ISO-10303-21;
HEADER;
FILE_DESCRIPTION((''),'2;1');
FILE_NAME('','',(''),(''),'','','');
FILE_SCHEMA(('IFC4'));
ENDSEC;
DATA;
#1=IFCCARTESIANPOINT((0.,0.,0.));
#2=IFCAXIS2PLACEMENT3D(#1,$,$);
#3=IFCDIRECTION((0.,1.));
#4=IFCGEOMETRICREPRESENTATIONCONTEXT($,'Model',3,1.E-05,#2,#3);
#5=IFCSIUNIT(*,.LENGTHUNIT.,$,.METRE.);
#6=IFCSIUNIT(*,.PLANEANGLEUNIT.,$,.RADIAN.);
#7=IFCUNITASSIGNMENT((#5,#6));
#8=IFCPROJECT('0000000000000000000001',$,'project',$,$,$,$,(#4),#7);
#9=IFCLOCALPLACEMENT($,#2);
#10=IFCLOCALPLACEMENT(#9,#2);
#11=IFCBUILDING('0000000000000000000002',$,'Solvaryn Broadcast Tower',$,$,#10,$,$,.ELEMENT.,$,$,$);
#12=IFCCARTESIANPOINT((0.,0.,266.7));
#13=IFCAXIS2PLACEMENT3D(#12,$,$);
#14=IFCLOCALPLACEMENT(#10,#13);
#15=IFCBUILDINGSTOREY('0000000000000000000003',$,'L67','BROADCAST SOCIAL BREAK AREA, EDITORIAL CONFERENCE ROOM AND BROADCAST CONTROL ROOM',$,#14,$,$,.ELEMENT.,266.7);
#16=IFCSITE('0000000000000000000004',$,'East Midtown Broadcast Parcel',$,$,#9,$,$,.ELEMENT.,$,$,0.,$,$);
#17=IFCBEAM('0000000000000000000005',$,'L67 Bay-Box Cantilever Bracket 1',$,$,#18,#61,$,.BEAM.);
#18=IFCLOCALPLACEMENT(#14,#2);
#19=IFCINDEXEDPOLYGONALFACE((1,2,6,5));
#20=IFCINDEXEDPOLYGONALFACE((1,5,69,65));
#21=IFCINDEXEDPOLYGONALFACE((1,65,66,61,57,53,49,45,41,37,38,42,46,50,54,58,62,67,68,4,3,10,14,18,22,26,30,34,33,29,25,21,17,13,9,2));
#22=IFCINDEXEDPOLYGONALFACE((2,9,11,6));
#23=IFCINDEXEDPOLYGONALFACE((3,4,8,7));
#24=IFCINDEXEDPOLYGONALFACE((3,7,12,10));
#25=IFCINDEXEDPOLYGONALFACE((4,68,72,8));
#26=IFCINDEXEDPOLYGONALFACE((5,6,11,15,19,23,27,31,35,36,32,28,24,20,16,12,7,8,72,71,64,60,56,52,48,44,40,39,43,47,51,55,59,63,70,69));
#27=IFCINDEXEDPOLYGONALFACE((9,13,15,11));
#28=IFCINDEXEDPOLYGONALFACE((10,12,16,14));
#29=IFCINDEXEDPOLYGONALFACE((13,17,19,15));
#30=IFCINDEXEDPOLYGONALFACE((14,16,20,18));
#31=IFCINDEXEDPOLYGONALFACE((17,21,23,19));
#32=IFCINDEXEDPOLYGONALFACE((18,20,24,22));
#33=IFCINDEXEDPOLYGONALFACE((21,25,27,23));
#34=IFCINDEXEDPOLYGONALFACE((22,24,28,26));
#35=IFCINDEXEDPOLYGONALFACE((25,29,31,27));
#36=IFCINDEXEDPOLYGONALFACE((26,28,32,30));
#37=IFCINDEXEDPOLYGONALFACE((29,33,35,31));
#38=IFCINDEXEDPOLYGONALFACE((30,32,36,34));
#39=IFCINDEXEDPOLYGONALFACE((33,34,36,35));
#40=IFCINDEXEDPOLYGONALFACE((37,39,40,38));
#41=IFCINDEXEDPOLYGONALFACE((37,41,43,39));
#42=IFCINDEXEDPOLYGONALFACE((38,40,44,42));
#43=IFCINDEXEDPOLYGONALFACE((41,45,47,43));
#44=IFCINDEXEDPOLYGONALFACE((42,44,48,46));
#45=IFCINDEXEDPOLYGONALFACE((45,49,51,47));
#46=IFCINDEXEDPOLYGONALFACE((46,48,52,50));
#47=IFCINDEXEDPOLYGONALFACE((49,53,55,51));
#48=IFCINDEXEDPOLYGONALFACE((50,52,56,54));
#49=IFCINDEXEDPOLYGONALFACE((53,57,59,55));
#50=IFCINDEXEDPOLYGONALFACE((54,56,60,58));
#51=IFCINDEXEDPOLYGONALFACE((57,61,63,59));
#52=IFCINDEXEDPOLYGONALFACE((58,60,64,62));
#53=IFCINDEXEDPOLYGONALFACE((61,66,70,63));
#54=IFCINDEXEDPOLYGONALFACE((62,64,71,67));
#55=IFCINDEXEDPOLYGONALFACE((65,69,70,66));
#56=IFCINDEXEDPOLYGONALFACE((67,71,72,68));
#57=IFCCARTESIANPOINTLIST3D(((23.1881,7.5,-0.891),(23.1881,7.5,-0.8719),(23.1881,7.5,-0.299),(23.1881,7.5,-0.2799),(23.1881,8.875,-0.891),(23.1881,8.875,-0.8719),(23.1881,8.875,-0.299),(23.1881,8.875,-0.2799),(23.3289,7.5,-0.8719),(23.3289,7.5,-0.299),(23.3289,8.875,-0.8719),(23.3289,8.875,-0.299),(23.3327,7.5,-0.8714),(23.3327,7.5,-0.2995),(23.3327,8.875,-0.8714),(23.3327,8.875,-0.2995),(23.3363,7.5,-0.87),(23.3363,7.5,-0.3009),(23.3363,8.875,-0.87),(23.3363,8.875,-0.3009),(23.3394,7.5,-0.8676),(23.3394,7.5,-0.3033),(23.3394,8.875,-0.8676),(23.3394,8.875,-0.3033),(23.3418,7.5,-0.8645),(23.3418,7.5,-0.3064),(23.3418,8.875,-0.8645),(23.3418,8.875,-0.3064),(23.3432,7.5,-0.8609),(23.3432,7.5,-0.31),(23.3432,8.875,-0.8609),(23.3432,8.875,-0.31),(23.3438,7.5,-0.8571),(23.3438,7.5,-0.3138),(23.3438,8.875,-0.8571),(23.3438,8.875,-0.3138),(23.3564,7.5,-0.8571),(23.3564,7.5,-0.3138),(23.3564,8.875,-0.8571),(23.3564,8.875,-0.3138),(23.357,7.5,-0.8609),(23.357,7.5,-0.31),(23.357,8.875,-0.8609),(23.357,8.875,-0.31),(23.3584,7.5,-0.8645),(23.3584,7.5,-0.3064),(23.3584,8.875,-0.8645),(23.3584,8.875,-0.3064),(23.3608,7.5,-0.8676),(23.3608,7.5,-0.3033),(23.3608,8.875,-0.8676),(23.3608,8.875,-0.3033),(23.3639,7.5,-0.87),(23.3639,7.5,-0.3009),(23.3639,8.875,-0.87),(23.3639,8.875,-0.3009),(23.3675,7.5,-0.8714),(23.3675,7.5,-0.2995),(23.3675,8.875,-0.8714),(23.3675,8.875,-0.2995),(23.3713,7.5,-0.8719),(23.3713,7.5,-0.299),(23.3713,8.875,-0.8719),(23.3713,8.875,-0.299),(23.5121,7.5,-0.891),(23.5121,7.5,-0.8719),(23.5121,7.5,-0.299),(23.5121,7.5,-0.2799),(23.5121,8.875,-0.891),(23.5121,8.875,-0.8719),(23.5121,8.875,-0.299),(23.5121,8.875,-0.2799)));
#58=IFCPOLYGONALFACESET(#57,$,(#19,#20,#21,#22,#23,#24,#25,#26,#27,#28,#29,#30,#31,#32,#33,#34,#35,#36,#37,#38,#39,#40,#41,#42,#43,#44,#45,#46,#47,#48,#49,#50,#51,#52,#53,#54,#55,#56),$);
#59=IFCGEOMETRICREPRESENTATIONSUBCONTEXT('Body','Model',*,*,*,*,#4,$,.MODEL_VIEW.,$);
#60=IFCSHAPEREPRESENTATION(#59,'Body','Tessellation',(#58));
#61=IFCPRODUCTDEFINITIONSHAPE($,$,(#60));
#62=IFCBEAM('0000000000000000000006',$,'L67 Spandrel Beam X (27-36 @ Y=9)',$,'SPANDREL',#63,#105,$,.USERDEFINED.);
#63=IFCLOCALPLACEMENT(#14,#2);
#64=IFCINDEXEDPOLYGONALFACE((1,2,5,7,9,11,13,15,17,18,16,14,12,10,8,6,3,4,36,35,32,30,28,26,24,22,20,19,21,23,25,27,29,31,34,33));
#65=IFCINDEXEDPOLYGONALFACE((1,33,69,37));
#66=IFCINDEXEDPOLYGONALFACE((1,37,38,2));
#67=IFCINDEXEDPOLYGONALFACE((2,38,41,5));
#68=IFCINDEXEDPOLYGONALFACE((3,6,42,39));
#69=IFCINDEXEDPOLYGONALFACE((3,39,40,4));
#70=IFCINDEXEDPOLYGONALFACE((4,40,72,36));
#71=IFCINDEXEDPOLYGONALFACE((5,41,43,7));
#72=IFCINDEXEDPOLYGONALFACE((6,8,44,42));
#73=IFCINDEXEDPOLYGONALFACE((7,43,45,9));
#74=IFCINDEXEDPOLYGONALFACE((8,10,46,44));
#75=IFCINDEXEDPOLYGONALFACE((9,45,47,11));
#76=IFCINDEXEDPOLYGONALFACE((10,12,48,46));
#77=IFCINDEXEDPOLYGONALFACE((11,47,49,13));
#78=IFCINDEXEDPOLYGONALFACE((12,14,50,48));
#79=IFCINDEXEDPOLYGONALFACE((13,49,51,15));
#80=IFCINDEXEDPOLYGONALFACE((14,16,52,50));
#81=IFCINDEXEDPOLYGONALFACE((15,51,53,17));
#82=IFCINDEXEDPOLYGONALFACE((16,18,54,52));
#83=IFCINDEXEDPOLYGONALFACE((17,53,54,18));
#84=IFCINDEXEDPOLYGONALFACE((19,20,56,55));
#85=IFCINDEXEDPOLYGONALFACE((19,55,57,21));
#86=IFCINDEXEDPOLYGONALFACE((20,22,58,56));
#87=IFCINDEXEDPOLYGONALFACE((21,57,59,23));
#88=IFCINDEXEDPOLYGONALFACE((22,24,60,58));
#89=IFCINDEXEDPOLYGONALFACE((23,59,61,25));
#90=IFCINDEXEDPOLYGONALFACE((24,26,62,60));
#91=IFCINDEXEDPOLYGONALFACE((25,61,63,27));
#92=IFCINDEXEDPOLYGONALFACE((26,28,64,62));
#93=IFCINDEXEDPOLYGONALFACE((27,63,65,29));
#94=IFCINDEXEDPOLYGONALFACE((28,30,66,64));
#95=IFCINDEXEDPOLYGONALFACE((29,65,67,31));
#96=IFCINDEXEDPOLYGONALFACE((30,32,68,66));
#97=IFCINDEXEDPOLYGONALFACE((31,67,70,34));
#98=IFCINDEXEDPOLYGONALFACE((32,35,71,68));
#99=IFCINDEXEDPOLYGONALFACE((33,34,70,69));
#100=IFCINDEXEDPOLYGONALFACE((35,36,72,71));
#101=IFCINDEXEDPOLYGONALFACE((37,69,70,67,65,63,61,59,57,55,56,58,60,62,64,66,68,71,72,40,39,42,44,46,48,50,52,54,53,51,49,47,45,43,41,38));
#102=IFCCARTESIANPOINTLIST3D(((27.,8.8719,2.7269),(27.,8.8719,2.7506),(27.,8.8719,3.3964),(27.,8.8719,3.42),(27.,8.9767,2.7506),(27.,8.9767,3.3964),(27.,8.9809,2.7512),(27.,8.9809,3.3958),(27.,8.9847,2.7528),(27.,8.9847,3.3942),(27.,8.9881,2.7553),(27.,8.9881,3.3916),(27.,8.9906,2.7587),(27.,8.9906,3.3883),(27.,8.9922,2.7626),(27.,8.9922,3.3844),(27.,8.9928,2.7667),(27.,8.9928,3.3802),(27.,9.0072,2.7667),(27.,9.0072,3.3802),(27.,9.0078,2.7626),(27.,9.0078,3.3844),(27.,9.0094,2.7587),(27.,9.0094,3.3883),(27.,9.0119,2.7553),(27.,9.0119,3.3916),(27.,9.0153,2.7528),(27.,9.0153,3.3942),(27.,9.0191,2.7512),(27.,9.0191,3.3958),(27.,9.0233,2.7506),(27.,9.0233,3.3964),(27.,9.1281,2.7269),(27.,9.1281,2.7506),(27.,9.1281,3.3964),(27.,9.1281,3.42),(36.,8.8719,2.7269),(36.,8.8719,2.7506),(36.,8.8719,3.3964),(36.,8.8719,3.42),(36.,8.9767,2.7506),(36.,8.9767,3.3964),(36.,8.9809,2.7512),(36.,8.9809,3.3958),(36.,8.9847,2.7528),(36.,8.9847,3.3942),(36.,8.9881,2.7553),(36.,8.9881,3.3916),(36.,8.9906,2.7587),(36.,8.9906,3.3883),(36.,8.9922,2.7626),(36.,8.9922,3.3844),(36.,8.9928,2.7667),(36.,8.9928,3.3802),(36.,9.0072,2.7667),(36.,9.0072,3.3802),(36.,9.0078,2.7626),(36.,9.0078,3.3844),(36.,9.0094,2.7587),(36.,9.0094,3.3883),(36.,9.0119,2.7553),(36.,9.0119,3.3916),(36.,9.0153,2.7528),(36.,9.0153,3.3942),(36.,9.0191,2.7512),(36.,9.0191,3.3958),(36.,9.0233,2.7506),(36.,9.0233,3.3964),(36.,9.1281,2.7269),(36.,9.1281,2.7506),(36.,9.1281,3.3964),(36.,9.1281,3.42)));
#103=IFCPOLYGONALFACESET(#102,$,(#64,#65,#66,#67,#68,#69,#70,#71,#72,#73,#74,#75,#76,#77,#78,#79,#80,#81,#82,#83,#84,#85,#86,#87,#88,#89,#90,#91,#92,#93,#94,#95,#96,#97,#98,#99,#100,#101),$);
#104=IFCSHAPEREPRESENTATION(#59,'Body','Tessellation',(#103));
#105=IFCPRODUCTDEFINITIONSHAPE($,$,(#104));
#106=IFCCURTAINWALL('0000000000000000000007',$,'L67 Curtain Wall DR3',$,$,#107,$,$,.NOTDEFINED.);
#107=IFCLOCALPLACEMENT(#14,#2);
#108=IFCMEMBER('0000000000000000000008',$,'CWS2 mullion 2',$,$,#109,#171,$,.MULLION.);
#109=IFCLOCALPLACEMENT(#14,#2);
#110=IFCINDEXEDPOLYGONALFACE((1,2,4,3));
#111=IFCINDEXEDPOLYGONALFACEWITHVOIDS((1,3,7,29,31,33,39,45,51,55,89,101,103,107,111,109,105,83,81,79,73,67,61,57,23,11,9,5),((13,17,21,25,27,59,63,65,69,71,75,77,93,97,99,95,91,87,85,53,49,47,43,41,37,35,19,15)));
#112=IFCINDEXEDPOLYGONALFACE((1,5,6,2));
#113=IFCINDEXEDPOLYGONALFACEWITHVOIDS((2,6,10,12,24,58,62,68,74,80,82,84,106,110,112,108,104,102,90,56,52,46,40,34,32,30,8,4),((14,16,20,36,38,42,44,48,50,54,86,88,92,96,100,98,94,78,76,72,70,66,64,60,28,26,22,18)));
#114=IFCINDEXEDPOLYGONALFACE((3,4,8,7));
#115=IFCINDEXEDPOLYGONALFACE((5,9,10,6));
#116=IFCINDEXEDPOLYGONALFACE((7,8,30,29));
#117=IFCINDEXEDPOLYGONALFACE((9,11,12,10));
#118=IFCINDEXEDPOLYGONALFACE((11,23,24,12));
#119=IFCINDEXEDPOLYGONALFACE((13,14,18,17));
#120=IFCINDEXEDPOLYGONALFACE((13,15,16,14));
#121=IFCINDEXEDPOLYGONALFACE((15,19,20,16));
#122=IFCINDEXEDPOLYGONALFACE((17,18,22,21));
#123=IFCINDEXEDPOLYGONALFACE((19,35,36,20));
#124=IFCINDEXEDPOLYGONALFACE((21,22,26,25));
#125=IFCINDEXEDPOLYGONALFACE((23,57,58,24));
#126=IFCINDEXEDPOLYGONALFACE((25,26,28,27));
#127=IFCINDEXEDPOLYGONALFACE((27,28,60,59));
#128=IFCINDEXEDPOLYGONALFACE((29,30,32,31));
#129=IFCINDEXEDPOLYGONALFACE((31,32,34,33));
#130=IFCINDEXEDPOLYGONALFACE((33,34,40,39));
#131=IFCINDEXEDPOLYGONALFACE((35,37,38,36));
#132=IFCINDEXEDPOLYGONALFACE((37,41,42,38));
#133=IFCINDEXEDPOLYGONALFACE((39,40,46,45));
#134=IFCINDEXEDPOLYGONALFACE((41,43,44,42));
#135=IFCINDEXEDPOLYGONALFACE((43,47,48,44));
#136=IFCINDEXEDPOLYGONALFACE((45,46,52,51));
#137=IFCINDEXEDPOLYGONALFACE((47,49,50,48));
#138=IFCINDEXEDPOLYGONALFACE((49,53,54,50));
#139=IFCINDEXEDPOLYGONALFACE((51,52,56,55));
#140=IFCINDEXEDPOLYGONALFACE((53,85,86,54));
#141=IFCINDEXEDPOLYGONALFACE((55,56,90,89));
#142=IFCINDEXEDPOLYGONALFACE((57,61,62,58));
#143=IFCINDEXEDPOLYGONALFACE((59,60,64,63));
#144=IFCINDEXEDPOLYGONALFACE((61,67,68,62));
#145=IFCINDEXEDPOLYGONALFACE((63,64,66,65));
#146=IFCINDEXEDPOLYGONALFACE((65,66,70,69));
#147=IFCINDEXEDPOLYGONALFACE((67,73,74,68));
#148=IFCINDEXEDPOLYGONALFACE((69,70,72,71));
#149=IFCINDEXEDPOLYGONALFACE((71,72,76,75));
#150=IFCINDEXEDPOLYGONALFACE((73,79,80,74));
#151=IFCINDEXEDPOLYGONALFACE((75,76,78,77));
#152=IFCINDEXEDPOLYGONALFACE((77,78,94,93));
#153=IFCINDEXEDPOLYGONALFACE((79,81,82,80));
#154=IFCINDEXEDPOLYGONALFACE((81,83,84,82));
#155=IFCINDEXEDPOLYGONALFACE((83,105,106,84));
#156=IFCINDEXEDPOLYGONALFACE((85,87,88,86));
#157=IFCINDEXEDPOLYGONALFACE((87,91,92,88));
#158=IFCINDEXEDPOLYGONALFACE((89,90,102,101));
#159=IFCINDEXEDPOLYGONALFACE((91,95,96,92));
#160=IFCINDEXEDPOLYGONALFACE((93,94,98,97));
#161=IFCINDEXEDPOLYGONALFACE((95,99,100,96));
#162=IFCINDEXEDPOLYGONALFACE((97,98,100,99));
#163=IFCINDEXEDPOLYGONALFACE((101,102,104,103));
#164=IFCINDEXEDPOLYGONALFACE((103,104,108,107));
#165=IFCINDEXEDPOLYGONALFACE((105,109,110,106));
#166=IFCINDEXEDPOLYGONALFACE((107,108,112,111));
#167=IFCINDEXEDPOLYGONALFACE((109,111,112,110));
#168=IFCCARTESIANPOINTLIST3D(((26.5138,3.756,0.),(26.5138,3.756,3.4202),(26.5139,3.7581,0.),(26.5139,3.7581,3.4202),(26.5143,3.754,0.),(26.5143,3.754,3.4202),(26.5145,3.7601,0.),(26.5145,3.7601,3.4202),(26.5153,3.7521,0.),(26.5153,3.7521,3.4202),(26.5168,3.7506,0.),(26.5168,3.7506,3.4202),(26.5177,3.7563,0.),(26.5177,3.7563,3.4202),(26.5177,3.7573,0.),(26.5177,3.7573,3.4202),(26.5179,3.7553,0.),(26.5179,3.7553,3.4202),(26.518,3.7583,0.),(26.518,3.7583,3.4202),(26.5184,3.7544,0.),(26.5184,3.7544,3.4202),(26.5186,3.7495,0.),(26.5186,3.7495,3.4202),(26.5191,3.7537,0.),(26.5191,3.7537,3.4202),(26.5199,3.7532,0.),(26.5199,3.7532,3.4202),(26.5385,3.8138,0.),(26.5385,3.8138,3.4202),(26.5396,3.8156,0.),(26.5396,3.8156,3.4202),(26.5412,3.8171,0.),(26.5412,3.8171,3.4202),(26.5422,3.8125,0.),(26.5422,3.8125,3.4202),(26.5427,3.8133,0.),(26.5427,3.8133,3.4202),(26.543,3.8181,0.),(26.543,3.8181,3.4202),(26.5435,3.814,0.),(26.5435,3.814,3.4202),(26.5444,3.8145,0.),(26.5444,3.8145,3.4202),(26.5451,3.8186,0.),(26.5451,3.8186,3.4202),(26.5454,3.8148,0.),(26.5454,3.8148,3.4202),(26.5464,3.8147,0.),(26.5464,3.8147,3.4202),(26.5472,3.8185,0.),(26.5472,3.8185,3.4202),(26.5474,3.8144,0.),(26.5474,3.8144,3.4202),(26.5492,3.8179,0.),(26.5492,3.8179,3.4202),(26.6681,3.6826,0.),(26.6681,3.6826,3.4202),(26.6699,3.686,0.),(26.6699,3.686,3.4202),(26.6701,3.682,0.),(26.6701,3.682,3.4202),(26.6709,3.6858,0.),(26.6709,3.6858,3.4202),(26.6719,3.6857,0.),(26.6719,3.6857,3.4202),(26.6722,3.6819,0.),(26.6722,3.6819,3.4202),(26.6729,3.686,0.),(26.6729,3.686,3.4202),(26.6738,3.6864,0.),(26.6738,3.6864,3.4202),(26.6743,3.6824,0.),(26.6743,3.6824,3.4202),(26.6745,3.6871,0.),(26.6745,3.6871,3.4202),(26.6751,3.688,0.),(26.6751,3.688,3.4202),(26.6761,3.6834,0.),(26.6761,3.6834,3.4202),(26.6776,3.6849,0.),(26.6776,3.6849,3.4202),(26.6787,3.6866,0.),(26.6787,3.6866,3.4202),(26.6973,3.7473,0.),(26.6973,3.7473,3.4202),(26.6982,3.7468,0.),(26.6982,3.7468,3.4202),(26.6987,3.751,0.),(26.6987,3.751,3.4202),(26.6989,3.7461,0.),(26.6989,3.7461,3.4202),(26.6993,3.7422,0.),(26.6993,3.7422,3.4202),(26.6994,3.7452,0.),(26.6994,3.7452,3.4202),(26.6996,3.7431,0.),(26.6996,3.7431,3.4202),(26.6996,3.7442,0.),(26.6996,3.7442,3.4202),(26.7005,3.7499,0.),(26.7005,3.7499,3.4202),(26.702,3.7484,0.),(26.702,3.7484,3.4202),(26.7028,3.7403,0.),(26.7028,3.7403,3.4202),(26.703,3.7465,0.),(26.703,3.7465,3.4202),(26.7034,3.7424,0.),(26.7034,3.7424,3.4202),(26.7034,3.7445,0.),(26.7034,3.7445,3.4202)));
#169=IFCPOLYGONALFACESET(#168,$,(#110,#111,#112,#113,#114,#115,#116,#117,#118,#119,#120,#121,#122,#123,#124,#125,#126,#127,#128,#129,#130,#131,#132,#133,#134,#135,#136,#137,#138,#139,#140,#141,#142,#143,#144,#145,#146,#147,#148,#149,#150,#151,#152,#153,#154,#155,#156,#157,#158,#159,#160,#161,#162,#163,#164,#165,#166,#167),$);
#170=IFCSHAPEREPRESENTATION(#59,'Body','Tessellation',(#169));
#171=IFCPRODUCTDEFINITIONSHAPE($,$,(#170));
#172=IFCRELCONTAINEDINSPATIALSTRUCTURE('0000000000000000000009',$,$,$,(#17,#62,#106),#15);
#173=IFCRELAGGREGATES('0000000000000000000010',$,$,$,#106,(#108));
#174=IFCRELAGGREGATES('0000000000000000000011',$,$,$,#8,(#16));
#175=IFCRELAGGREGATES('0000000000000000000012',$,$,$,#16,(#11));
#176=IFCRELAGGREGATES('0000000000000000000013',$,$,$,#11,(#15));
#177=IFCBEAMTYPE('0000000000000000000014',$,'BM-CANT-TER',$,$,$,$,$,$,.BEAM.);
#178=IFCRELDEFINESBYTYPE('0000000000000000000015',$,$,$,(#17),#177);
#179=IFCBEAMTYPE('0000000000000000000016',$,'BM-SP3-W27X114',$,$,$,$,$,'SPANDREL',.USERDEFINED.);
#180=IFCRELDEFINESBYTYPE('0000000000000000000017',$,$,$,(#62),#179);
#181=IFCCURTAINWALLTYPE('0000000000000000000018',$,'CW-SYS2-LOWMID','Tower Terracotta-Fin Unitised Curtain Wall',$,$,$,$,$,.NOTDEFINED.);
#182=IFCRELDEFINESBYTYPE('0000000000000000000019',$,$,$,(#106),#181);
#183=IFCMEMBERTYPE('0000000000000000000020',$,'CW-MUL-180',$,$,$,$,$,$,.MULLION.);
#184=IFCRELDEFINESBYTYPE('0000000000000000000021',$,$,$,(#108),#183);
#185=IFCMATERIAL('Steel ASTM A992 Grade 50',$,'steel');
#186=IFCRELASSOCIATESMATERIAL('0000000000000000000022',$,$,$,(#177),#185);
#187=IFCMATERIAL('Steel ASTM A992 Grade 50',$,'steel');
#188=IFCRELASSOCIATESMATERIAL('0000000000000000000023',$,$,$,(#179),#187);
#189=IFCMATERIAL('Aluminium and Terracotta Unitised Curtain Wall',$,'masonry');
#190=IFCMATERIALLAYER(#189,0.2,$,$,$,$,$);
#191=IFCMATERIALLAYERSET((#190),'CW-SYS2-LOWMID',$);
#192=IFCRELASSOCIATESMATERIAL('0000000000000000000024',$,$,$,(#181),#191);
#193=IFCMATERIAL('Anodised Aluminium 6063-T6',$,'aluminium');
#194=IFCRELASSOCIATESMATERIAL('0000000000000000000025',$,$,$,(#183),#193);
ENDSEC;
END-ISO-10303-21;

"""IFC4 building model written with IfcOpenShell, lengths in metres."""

from ifc_helpers import new_model, si_unit, direction, frame, origin, origin_2d, place, context, subcontext, project, spatial, hollow_rectangle, i_section, extrude, material, layer, layer_set, material_profile, profile_set, type_object, element, aggregate, save


model = new_model("IFC4")

# Units and contexts
model_context = context("Model", 3, precision=1e-05, world=origin(), true_north=direction((0.0, 1.0)))
body_context = subcontext(model_context, "Body", "Model", "MODEL_VIEW")
ifc_project = project(units=[si_unit("LENGTHUNIT", "METRE"), si_unit("PLANEANGLEUNIT", "RADIAN")], contexts=[model_context])

# Site, building, storey
site_placement = place(None, origin())
site = spatial("IfcSite", under=ifc_project, at=site_placement, Name="East Midtown Broadcast Parcel", CompositionType="ELEMENT", RefElevation=0.0)
building_placement = place(site_placement, origin())
building = spatial("IfcBuilding", under=site, at=building_placement, Name="Solvaryn Broadcast Tower", CompositionType="ELEMENT")
storey_placement = place(building_placement, frame((0.0, 0.0, 266.7)))
storey = spatial("IfcBuildingStorey", under=building, at=storey_placement, Name="L67", Description="BROADCAST SOCIAL BREAK AREA, EDITORIAL CONFERENCE ROOM AND BROADCAST CONTROL ROOM", CompositionType="ELEMENT", Elevation=266.7)

# Beams
ifc_material_1 = material(Name="Steel ASTM A992 Grade 50", Category="steel")
ifc_material_profile_1 = material_profile(ifc_material_1, i_section(OverallWidth=0.324, OverallDepth=0.6111, WebThickness=0.0127, FlangeThickness=0.019, FilletRadius=0.0149, at=origin_2d()))
ifc_profile_set_1 = profile_set([ifc_material_profile_1], Name="Steel ASTM A992 Grade 50")
beam_type_1 = type_object("IfcBeamType", Name="BM-CANT-TER", PredefinedType="BEAM", material=ifc_profile_set_1)
beam_1_placement = place(storey_placement, frame((23.3501, 8.875, -0.5854), z_axis=(0.0, -1.0, 0.0), x_axis=(1.0, 0.0, 0.0)))
element("IfcBeam", 1, at=beam_1_placement, inside=storey, type_object=beam_type_1, Name="L67 Bay-Box Cantilever Bracket 1", PredefinedType="BEAM", context=body_context, shape_type="SweptSolid", body=[
    extrude(i_section(OverallWidth=0.324, OverallDepth=0.6111, WebThickness=0.0127, FlangeThickness=0.019, FilletRadius=0.0149, at=origin_2d()), origin(), (0.0, 0.0, 1.0), 1.375),
])
ifc_material_2 = material(Name="Steel ASTM A992 Grade 50", Category="steel")
ifc_material_profile_2 = material_profile(ifc_material_2, i_section(OverallWidth=0.2561, OverallDepth=0.6931, WebThickness=0.0144, FlangeThickness=0.0237, FilletRadius=0.0161, at=origin_2d()))
ifc_profile_set_2 = profile_set([ifc_material_profile_2], Name="Steel ASTM A992 Grade 50")
beam_type_2 = type_object("IfcBeamType", Name="BM-SP3-W27X114", ElementType="SPANDREL", PredefinedType="USERDEFINED", material=ifc_profile_set_2)
beam_2_placement = place(storey_placement, frame((27.0, 9.0, 3.0735), z_axis=(1.0, 0.0, 0.0), x_axis=(0.0, 1.0, 0.0)))
element("IfcBeam", 2, at=beam_2_placement, inside=storey, type_object=beam_type_2, Name="L67 Spandrel Beam X (27-36 @ Y=9)", ObjectType="SPANDREL", PredefinedType="USERDEFINED", context=body_context, shape_type="SweptSolid", body=[
    extrude(i_section(OverallWidth=0.2561, OverallDepth=0.6931, WebThickness=0.0144, FlangeThickness=0.0237, FilletRadius=0.0161, at=origin_2d()), origin(), (0.0, 0.0, 1.0), 9.0),
])

# Curtain wall, member
ifc_material_3 = material(Name="Aluminium and Terracotta Unitised Curtain Wall", Category="masonry")
ifc_layer_1 = layer(ifc_material_3, 0.2)
ifc_layer_set_1 = layer_set([ifc_layer_1], Name="CW-SYS2-LOWMID")
curtain_wall_type = type_object("IfcCurtainWallType", Name="CW-SYS2-LOWMID", Description="Tower Terracotta-Fin Unitised Curtain Wall", PredefinedType="NOTDEFINED", material=ifc_layer_set_1)
curtain_wall_1_placement = place(storey_placement, origin())
curtain_wall_1 = element("IfcCurtainWall", 3, at=curtain_wall_1_placement, inside=storey, type_object=curtain_wall_type, Name="L67 Curtain Wall DR3", PredefinedType="NOTDEFINED")
ifc_material_4 = material(Name="Anodised Aluminium 6063-T6", Category="aluminium")
ifc_material_profile_3 = material_profile(ifc_material_4, hollow_rectangle(XDim=0.075, YDim=0.1799, WallThickness=0.0039, InnerFilletRadius=0.0039, OuterFilletRadius=0.0081, at=origin_2d()))
ifc_profile_set_3 = profile_set([ifc_material_profile_3], Name="Anodised Aluminium 6063-T6")
member_type_1 = type_object("IfcMemberType", Name="CW-MUL-180", PredefinedType="MULLION", material=ifc_profile_set_3)
member_1_placement = place(storey_placement, frame((26.6086, 3.7502, 0.0), z_axis=(0.0, 0.0, 1.0), x_axis=(0.408466, 0.912774, 0.0)))
member_1 = element("IfcMember", 4, at=member_1_placement, type_object=member_type_1, Name="CWS2 mullion 2", PredefinedType="MULLION", context=body_context, shape_type="SweptSolid", body=[
    extrude(hollow_rectangle(XDim=0.075, YDim=0.1799, WallThickness=0.0039, InnerFilletRadius=0.0039, OuterFilletRadius=0.0081, at=origin_2d()), origin(), (0.0, 0.0, 1.0), 3.4202),
])
aggregate(curtain_wall_1, [member_1])

save(model, "model.ifc")
